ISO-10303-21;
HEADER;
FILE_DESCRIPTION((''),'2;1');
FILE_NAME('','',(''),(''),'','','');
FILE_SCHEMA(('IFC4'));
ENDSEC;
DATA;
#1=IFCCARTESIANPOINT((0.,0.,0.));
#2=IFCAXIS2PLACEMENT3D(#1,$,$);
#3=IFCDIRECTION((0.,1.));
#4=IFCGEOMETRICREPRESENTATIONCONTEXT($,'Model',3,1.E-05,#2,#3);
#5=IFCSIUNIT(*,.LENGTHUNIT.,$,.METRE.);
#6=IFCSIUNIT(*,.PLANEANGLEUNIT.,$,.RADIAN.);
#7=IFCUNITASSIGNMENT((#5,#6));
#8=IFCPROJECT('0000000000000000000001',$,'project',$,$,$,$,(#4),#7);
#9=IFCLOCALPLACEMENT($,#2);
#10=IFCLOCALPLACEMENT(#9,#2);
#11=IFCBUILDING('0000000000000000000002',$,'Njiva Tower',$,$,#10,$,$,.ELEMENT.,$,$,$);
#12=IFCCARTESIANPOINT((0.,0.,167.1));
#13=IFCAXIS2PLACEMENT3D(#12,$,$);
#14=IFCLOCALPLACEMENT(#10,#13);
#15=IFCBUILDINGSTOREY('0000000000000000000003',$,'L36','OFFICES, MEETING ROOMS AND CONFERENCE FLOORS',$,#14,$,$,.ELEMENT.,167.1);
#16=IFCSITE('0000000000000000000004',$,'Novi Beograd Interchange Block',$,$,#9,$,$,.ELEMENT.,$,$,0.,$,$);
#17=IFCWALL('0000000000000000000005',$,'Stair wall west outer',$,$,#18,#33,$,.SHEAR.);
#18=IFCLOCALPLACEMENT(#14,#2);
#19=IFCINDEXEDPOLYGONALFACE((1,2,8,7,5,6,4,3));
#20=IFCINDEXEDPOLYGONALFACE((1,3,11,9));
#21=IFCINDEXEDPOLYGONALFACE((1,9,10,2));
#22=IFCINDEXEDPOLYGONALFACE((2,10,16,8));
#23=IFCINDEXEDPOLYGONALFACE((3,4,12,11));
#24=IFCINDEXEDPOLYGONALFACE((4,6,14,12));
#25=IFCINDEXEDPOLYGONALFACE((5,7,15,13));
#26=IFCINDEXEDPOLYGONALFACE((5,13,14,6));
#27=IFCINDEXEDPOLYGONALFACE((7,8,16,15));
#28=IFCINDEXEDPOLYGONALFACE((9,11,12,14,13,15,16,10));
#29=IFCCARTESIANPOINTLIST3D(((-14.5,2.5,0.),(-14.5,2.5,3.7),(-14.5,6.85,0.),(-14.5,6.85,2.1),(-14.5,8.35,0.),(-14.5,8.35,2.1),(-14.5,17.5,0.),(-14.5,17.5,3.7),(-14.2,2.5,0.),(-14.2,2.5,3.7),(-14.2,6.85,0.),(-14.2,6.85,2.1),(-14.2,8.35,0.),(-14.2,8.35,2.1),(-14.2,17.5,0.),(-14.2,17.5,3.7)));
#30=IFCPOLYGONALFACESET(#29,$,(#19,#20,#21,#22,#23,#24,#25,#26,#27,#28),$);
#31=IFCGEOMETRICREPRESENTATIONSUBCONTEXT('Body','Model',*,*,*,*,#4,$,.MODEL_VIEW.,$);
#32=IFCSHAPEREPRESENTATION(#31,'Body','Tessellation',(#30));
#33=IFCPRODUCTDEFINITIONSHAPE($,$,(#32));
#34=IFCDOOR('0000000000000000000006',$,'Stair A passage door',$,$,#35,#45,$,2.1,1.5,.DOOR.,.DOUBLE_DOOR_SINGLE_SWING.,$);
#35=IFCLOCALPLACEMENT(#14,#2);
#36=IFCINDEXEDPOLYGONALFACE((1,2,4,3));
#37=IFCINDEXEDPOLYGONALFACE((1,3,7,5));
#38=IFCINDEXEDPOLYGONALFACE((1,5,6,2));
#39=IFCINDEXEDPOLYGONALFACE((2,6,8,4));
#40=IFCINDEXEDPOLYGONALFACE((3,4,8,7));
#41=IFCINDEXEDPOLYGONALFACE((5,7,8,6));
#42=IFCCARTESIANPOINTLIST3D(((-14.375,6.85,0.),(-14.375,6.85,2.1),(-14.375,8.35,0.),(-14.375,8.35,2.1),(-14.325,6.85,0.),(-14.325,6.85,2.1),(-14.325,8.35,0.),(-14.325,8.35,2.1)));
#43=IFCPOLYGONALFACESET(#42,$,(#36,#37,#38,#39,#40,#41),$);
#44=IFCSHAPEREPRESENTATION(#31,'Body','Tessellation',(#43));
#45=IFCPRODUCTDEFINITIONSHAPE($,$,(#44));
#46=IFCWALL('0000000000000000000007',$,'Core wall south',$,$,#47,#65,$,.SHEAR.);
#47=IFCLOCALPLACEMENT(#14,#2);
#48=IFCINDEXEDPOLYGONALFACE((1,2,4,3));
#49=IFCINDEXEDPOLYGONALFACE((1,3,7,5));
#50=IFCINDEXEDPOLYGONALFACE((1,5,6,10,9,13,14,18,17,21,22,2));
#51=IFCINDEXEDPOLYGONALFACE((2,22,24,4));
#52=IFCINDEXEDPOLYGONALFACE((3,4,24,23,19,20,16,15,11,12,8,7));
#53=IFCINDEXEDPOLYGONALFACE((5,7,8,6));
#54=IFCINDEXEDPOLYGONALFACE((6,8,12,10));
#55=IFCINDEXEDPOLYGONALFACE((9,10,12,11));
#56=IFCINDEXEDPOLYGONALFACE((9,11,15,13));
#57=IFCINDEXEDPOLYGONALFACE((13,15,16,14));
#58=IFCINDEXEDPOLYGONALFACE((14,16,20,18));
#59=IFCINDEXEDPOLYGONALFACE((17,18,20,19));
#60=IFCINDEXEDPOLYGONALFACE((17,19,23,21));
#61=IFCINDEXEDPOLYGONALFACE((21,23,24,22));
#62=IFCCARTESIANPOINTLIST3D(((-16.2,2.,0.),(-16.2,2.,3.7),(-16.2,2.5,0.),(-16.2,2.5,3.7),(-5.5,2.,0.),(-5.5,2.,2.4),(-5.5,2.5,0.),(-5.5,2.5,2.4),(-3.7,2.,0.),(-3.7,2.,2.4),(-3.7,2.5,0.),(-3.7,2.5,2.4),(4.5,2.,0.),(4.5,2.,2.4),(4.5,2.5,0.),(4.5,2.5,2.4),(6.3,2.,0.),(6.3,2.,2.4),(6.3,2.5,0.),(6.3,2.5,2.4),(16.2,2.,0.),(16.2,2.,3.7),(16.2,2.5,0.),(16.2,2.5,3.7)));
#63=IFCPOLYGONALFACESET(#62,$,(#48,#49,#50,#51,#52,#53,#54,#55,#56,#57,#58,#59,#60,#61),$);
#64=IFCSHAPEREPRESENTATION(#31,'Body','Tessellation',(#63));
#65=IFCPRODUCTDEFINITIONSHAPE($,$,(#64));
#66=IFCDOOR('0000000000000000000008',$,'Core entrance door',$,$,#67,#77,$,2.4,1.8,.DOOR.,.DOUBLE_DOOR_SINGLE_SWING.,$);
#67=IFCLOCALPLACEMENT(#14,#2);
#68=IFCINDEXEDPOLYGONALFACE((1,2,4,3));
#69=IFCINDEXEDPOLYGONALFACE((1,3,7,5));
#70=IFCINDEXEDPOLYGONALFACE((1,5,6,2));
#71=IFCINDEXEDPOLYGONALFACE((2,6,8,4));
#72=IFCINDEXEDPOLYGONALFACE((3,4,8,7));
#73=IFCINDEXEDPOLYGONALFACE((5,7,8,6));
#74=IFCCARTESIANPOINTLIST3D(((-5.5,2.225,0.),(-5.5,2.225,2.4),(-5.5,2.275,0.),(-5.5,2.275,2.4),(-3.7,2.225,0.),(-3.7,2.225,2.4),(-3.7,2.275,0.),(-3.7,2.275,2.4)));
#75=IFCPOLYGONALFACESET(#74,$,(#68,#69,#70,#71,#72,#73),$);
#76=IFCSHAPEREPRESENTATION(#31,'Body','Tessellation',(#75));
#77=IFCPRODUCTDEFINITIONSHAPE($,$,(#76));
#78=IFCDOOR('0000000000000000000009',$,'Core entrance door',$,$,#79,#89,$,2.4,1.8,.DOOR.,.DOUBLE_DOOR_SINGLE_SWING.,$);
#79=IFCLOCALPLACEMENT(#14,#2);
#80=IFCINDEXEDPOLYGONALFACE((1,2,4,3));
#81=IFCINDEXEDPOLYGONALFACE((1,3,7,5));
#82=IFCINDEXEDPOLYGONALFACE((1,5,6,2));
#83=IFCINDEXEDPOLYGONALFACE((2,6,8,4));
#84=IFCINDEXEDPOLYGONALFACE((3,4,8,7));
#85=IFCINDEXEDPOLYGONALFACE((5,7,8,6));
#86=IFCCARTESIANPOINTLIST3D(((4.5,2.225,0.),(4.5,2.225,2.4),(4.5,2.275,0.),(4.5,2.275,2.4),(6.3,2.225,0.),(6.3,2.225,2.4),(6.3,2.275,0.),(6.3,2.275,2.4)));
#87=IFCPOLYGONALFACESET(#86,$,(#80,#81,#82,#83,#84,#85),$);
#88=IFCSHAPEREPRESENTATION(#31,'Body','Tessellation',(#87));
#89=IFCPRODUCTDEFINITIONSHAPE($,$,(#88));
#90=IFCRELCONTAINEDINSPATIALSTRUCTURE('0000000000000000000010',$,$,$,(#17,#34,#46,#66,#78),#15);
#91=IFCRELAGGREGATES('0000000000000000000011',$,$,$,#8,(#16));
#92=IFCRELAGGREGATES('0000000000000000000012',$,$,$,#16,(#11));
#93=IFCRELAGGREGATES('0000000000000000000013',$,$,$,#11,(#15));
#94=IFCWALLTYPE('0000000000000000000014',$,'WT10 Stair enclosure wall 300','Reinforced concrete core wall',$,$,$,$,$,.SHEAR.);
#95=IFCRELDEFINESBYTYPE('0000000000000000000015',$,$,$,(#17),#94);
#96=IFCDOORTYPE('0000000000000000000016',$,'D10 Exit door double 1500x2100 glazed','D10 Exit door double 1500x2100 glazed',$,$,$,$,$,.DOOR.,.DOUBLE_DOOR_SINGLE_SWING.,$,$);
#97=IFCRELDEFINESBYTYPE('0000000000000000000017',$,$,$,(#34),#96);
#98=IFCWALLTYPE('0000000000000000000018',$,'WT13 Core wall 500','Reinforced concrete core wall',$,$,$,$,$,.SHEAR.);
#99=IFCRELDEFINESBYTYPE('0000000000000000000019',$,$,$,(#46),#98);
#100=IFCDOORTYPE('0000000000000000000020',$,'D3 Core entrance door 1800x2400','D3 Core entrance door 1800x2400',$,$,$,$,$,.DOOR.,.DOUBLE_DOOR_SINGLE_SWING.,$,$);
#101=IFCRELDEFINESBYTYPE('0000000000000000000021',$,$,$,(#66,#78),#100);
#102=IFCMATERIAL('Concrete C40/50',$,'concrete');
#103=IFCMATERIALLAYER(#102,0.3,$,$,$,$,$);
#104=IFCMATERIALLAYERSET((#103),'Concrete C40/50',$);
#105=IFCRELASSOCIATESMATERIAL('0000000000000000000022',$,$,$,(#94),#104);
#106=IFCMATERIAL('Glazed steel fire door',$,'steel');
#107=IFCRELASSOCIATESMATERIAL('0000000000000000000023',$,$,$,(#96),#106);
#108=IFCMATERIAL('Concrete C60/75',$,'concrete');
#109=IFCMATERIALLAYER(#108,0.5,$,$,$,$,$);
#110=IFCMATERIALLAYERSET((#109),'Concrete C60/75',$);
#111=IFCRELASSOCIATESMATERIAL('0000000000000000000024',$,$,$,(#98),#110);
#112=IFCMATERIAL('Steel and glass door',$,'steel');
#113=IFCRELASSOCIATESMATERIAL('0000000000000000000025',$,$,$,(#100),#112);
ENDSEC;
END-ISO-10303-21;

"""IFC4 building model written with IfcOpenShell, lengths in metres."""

from ifc_helpers import new_model, si_unit, direction, frame, frame_2d, origin, place, context, subcontext, project, spatial, rectangle, extrude, material, layer, layer_set, type_object, element, fill, save


model = new_model("IFC4")

# Units and contexts
model_context = context("Model", 3, precision=1e-05, world=origin(), true_north=direction((0.0, 1.0)))
body_context = subcontext(model_context, "Body", "Model", "MODEL_VIEW")
ifc_project = project(units=[si_unit("LENGTHUNIT", "METRE"), si_unit("PLANEANGLEUNIT", "RADIAN")], contexts=[model_context])

# Site, building, storey
site_placement = place(None, origin())
site = spatial("IfcSite", under=ifc_project, at=site_placement, Name="Novi Beograd Interchange Block", CompositionType="ELEMENT", RefElevation=0.0)
building_placement = place(site_placement, origin())
building = spatial("IfcBuilding", under=site, at=building_placement, Name="Njiva Tower", CompositionType="ELEMENT")
storey_placement = place(building_placement, frame((0.0, 0.0, 167.1)))
storey = spatial("IfcBuildingStorey", under=building, at=storey_placement, Name="L36", Description="OFFICES, MEETING ROOMS AND CONFERENCE FLOORS", CompositionType="ELEMENT", Elevation=167.1)

# Wall, opening, door
ifc_material_1 = material(Name="Concrete C40/50", Category="concrete")
ifc_layer_1 = layer(ifc_material_1, 0.3)
ifc_layer_set_1 = layer_set([ifc_layer_1], Name="Concrete C40/50")
wall_type_1 = type_object("IfcWallType", Name="WT10 Stair enclosure wall 300", Description="Reinforced concrete core wall", PredefinedType="SHEAR", material=ifc_layer_set_1)
wall_1_placement = place(storey_placement, frame((-14.35, 2.5, 0.0), z_axis=(0.0, 0.0, 1.0), x_axis=(0.0, 1.0, 0.0)))
wall_1 = element("IfcWall", 1, at=wall_1_placement, inside=storey, type_object=wall_type_1, Name="Stair wall west outer", PredefinedType="SHEAR", context=body_context, shape_type="SweptSolid", body=[
    extrude(rectangle(XDim=15.0, YDim=0.3, at=frame_2d((7.5, 0.0))), origin(), (0.0, 0.0, 1.0), 3.7),
])
opening_1_placement = place(wall_1_placement, frame((4.35, 0.0, 0.0)))
opening_1 = element("IfcOpeningElement", 2, at=opening_1_placement, cuts=wall_1, PredefinedType="OPENING", context=body_context, shape_type="SweptSolid", body=[
    extrude(rectangle(XDim=1.5, YDim=2.1, at=frame_2d((0.75, 1.05))), frame((0.0, 0.16, 0.0), z_axis=(0.0, -1.0, 0.0), x_axis=(1.0, 0.0, 0.0)), (0.0, 0.0, 1.0), 0.32),
])
ifc_material_2 = material(Name="Glazed steel fire door", Category="steel")
door_type_1 = type_object("IfcDoorType", Name="D10 Exit door double 1500x2100 glazed", Description="D10 Exit door double 1500x2100 glazed", OperationType="DOUBLE_DOOR_SINGLE_SWING", PredefinedType="DOOR", material=ifc_material_2)
door_1_placement = place(opening_1_placement, origin())
door_1 = element("IfcDoor", 3, at=door_1_placement, inside=storey, type_object=door_type_1, Name="Stair A passage door", OperationType="DOUBLE_DOOR_SINGLE_SWING", OverallHeight=2.1, OverallWidth=1.5, PredefinedType="DOOR", context=body_context, shape_type="SweptSolid", body=[
    extrude(rectangle(XDim=1.5, YDim=2.1, at=frame_2d((0.75, 1.05))), frame((0.0, 0.025, 0.0), z_axis=(0.0, -1.0, 0.0), x_axis=(1.0, 0.0, 0.0)), (0.0, 0.0, 1.0), 0.05),
])
fill(opening_1, door_1)

# Wall, openings, doors
ifc_material_3 = material(Name="Concrete C60/75", Category="concrete")
ifc_layer_2 = layer(ifc_material_3, 0.5)
ifc_layer_set_2 = layer_set([ifc_layer_2], Name="Concrete C60/75")
wall_type_2 = type_object("IfcWallType", Name="WT13 Core wall 500", Description="Reinforced concrete core wall", PredefinedType="SHEAR", material=ifc_layer_set_2)
wall_2_placement = place(storey_placement, frame((-16.2, 2.25, 0.0), z_axis=(0.0, 0.0, 1.0), x_axis=(1.0, 0.0, 0.0)))
wall_2 = element("IfcWall", 4, at=wall_2_placement, inside=storey, type_object=wall_type_2, Name="Core wall south", PredefinedType="SHEAR", context=body_context, shape_type="SweptSolid", body=[
    extrude(rectangle(XDim=32.4, YDim=0.5, at=frame_2d((16.2, 0.0))), origin(), (0.0, 0.0, 1.0), 3.7),
])
opening_2_placement = place(wall_2_placement, frame((10.7, 0.0, 0.0)))
opening_2 = element("IfcOpeningElement", 5, at=opening_2_placement, cuts=wall_2, PredefinedType="OPENING", context=body_context, shape_type="SweptSolid", body=[
    extrude(rectangle(XDim=1.8, YDim=2.4, at=frame_2d((0.9, 1.2))), frame((0.0, 0.26, 0.0), z_axis=(0.0, -1.0, 0.0), x_axis=(1.0, 0.0, 0.0)), (0.0, 0.0, 1.0), 0.52),
])
opening_3_placement = place(wall_2_placement, frame((20.7, 0.0, 0.0)))
opening_3 = element("IfcOpeningElement", 6, at=opening_3_placement, cuts=wall_2, PredefinedType="OPENING", context=body_context, shape_type="SweptSolid", body=[
    extrude(rectangle(XDim=1.8, YDim=2.4, at=frame_2d((0.9, 1.2))), frame((0.0, 0.26, 0.0), z_axis=(0.0, -1.0, 0.0), x_axis=(1.0, 0.0, 0.0)), (0.0, 0.0, 1.0), 0.52),
])
ifc_material_4 = material(Name="Steel and glass door", Category="steel")
door_type_2 = type_object("IfcDoorType", Name="D3 Core entrance door 1800x2400", Description="D3 Core entrance door 1800x2400", OperationType="DOUBLE_DOOR_SINGLE_SWING", PredefinedType="DOOR", material=ifc_material_4)
door_2_placement = place(opening_2_placement, origin())
door_2 = element("IfcDoor", 7, at=door_2_placement, inside=storey, type_object=door_type_2, Name="Core entrance door", OperationType="DOUBLE_DOOR_SINGLE_SWING", OverallHeight=2.4, OverallWidth=1.8, PredefinedType="DOOR", context=body_context, shape_type="SweptSolid", body=[
    extrude(rectangle(XDim=1.8, YDim=2.4, at=frame_2d((0.9, 1.2))), frame((0.0, 0.025, 0.0), z_axis=(0.0, -1.0, 0.0), x_axis=(1.0, 0.0, 0.0)), (0.0, 0.0, 1.0), 0.05),
])
fill(opening_2, door_2)
door_3_placement = place(opening_3_placement, origin())
door_3 = element("IfcDoor", 8, at=door_3_placement, inside=storey, type_object=door_type_2, Name="Core entrance door", OperationType="DOUBLE_DOOR_SINGLE_SWING", OverallHeight=2.4, OverallWidth=1.8, PredefinedType="DOOR", context=body_context, shape_type="SweptSolid", body=[
    extrude(rectangle(XDim=1.8, YDim=2.4, at=frame_2d((0.9, 1.2))), frame((0.0, 0.025, 0.0), z_axis=(0.0, -1.0, 0.0), x_axis=(1.0, 0.0, 0.0)), (0.0, 0.0, 1.0), 0.05),
])
fill(opening_3, door_3)

save(model, "model.ifc")
